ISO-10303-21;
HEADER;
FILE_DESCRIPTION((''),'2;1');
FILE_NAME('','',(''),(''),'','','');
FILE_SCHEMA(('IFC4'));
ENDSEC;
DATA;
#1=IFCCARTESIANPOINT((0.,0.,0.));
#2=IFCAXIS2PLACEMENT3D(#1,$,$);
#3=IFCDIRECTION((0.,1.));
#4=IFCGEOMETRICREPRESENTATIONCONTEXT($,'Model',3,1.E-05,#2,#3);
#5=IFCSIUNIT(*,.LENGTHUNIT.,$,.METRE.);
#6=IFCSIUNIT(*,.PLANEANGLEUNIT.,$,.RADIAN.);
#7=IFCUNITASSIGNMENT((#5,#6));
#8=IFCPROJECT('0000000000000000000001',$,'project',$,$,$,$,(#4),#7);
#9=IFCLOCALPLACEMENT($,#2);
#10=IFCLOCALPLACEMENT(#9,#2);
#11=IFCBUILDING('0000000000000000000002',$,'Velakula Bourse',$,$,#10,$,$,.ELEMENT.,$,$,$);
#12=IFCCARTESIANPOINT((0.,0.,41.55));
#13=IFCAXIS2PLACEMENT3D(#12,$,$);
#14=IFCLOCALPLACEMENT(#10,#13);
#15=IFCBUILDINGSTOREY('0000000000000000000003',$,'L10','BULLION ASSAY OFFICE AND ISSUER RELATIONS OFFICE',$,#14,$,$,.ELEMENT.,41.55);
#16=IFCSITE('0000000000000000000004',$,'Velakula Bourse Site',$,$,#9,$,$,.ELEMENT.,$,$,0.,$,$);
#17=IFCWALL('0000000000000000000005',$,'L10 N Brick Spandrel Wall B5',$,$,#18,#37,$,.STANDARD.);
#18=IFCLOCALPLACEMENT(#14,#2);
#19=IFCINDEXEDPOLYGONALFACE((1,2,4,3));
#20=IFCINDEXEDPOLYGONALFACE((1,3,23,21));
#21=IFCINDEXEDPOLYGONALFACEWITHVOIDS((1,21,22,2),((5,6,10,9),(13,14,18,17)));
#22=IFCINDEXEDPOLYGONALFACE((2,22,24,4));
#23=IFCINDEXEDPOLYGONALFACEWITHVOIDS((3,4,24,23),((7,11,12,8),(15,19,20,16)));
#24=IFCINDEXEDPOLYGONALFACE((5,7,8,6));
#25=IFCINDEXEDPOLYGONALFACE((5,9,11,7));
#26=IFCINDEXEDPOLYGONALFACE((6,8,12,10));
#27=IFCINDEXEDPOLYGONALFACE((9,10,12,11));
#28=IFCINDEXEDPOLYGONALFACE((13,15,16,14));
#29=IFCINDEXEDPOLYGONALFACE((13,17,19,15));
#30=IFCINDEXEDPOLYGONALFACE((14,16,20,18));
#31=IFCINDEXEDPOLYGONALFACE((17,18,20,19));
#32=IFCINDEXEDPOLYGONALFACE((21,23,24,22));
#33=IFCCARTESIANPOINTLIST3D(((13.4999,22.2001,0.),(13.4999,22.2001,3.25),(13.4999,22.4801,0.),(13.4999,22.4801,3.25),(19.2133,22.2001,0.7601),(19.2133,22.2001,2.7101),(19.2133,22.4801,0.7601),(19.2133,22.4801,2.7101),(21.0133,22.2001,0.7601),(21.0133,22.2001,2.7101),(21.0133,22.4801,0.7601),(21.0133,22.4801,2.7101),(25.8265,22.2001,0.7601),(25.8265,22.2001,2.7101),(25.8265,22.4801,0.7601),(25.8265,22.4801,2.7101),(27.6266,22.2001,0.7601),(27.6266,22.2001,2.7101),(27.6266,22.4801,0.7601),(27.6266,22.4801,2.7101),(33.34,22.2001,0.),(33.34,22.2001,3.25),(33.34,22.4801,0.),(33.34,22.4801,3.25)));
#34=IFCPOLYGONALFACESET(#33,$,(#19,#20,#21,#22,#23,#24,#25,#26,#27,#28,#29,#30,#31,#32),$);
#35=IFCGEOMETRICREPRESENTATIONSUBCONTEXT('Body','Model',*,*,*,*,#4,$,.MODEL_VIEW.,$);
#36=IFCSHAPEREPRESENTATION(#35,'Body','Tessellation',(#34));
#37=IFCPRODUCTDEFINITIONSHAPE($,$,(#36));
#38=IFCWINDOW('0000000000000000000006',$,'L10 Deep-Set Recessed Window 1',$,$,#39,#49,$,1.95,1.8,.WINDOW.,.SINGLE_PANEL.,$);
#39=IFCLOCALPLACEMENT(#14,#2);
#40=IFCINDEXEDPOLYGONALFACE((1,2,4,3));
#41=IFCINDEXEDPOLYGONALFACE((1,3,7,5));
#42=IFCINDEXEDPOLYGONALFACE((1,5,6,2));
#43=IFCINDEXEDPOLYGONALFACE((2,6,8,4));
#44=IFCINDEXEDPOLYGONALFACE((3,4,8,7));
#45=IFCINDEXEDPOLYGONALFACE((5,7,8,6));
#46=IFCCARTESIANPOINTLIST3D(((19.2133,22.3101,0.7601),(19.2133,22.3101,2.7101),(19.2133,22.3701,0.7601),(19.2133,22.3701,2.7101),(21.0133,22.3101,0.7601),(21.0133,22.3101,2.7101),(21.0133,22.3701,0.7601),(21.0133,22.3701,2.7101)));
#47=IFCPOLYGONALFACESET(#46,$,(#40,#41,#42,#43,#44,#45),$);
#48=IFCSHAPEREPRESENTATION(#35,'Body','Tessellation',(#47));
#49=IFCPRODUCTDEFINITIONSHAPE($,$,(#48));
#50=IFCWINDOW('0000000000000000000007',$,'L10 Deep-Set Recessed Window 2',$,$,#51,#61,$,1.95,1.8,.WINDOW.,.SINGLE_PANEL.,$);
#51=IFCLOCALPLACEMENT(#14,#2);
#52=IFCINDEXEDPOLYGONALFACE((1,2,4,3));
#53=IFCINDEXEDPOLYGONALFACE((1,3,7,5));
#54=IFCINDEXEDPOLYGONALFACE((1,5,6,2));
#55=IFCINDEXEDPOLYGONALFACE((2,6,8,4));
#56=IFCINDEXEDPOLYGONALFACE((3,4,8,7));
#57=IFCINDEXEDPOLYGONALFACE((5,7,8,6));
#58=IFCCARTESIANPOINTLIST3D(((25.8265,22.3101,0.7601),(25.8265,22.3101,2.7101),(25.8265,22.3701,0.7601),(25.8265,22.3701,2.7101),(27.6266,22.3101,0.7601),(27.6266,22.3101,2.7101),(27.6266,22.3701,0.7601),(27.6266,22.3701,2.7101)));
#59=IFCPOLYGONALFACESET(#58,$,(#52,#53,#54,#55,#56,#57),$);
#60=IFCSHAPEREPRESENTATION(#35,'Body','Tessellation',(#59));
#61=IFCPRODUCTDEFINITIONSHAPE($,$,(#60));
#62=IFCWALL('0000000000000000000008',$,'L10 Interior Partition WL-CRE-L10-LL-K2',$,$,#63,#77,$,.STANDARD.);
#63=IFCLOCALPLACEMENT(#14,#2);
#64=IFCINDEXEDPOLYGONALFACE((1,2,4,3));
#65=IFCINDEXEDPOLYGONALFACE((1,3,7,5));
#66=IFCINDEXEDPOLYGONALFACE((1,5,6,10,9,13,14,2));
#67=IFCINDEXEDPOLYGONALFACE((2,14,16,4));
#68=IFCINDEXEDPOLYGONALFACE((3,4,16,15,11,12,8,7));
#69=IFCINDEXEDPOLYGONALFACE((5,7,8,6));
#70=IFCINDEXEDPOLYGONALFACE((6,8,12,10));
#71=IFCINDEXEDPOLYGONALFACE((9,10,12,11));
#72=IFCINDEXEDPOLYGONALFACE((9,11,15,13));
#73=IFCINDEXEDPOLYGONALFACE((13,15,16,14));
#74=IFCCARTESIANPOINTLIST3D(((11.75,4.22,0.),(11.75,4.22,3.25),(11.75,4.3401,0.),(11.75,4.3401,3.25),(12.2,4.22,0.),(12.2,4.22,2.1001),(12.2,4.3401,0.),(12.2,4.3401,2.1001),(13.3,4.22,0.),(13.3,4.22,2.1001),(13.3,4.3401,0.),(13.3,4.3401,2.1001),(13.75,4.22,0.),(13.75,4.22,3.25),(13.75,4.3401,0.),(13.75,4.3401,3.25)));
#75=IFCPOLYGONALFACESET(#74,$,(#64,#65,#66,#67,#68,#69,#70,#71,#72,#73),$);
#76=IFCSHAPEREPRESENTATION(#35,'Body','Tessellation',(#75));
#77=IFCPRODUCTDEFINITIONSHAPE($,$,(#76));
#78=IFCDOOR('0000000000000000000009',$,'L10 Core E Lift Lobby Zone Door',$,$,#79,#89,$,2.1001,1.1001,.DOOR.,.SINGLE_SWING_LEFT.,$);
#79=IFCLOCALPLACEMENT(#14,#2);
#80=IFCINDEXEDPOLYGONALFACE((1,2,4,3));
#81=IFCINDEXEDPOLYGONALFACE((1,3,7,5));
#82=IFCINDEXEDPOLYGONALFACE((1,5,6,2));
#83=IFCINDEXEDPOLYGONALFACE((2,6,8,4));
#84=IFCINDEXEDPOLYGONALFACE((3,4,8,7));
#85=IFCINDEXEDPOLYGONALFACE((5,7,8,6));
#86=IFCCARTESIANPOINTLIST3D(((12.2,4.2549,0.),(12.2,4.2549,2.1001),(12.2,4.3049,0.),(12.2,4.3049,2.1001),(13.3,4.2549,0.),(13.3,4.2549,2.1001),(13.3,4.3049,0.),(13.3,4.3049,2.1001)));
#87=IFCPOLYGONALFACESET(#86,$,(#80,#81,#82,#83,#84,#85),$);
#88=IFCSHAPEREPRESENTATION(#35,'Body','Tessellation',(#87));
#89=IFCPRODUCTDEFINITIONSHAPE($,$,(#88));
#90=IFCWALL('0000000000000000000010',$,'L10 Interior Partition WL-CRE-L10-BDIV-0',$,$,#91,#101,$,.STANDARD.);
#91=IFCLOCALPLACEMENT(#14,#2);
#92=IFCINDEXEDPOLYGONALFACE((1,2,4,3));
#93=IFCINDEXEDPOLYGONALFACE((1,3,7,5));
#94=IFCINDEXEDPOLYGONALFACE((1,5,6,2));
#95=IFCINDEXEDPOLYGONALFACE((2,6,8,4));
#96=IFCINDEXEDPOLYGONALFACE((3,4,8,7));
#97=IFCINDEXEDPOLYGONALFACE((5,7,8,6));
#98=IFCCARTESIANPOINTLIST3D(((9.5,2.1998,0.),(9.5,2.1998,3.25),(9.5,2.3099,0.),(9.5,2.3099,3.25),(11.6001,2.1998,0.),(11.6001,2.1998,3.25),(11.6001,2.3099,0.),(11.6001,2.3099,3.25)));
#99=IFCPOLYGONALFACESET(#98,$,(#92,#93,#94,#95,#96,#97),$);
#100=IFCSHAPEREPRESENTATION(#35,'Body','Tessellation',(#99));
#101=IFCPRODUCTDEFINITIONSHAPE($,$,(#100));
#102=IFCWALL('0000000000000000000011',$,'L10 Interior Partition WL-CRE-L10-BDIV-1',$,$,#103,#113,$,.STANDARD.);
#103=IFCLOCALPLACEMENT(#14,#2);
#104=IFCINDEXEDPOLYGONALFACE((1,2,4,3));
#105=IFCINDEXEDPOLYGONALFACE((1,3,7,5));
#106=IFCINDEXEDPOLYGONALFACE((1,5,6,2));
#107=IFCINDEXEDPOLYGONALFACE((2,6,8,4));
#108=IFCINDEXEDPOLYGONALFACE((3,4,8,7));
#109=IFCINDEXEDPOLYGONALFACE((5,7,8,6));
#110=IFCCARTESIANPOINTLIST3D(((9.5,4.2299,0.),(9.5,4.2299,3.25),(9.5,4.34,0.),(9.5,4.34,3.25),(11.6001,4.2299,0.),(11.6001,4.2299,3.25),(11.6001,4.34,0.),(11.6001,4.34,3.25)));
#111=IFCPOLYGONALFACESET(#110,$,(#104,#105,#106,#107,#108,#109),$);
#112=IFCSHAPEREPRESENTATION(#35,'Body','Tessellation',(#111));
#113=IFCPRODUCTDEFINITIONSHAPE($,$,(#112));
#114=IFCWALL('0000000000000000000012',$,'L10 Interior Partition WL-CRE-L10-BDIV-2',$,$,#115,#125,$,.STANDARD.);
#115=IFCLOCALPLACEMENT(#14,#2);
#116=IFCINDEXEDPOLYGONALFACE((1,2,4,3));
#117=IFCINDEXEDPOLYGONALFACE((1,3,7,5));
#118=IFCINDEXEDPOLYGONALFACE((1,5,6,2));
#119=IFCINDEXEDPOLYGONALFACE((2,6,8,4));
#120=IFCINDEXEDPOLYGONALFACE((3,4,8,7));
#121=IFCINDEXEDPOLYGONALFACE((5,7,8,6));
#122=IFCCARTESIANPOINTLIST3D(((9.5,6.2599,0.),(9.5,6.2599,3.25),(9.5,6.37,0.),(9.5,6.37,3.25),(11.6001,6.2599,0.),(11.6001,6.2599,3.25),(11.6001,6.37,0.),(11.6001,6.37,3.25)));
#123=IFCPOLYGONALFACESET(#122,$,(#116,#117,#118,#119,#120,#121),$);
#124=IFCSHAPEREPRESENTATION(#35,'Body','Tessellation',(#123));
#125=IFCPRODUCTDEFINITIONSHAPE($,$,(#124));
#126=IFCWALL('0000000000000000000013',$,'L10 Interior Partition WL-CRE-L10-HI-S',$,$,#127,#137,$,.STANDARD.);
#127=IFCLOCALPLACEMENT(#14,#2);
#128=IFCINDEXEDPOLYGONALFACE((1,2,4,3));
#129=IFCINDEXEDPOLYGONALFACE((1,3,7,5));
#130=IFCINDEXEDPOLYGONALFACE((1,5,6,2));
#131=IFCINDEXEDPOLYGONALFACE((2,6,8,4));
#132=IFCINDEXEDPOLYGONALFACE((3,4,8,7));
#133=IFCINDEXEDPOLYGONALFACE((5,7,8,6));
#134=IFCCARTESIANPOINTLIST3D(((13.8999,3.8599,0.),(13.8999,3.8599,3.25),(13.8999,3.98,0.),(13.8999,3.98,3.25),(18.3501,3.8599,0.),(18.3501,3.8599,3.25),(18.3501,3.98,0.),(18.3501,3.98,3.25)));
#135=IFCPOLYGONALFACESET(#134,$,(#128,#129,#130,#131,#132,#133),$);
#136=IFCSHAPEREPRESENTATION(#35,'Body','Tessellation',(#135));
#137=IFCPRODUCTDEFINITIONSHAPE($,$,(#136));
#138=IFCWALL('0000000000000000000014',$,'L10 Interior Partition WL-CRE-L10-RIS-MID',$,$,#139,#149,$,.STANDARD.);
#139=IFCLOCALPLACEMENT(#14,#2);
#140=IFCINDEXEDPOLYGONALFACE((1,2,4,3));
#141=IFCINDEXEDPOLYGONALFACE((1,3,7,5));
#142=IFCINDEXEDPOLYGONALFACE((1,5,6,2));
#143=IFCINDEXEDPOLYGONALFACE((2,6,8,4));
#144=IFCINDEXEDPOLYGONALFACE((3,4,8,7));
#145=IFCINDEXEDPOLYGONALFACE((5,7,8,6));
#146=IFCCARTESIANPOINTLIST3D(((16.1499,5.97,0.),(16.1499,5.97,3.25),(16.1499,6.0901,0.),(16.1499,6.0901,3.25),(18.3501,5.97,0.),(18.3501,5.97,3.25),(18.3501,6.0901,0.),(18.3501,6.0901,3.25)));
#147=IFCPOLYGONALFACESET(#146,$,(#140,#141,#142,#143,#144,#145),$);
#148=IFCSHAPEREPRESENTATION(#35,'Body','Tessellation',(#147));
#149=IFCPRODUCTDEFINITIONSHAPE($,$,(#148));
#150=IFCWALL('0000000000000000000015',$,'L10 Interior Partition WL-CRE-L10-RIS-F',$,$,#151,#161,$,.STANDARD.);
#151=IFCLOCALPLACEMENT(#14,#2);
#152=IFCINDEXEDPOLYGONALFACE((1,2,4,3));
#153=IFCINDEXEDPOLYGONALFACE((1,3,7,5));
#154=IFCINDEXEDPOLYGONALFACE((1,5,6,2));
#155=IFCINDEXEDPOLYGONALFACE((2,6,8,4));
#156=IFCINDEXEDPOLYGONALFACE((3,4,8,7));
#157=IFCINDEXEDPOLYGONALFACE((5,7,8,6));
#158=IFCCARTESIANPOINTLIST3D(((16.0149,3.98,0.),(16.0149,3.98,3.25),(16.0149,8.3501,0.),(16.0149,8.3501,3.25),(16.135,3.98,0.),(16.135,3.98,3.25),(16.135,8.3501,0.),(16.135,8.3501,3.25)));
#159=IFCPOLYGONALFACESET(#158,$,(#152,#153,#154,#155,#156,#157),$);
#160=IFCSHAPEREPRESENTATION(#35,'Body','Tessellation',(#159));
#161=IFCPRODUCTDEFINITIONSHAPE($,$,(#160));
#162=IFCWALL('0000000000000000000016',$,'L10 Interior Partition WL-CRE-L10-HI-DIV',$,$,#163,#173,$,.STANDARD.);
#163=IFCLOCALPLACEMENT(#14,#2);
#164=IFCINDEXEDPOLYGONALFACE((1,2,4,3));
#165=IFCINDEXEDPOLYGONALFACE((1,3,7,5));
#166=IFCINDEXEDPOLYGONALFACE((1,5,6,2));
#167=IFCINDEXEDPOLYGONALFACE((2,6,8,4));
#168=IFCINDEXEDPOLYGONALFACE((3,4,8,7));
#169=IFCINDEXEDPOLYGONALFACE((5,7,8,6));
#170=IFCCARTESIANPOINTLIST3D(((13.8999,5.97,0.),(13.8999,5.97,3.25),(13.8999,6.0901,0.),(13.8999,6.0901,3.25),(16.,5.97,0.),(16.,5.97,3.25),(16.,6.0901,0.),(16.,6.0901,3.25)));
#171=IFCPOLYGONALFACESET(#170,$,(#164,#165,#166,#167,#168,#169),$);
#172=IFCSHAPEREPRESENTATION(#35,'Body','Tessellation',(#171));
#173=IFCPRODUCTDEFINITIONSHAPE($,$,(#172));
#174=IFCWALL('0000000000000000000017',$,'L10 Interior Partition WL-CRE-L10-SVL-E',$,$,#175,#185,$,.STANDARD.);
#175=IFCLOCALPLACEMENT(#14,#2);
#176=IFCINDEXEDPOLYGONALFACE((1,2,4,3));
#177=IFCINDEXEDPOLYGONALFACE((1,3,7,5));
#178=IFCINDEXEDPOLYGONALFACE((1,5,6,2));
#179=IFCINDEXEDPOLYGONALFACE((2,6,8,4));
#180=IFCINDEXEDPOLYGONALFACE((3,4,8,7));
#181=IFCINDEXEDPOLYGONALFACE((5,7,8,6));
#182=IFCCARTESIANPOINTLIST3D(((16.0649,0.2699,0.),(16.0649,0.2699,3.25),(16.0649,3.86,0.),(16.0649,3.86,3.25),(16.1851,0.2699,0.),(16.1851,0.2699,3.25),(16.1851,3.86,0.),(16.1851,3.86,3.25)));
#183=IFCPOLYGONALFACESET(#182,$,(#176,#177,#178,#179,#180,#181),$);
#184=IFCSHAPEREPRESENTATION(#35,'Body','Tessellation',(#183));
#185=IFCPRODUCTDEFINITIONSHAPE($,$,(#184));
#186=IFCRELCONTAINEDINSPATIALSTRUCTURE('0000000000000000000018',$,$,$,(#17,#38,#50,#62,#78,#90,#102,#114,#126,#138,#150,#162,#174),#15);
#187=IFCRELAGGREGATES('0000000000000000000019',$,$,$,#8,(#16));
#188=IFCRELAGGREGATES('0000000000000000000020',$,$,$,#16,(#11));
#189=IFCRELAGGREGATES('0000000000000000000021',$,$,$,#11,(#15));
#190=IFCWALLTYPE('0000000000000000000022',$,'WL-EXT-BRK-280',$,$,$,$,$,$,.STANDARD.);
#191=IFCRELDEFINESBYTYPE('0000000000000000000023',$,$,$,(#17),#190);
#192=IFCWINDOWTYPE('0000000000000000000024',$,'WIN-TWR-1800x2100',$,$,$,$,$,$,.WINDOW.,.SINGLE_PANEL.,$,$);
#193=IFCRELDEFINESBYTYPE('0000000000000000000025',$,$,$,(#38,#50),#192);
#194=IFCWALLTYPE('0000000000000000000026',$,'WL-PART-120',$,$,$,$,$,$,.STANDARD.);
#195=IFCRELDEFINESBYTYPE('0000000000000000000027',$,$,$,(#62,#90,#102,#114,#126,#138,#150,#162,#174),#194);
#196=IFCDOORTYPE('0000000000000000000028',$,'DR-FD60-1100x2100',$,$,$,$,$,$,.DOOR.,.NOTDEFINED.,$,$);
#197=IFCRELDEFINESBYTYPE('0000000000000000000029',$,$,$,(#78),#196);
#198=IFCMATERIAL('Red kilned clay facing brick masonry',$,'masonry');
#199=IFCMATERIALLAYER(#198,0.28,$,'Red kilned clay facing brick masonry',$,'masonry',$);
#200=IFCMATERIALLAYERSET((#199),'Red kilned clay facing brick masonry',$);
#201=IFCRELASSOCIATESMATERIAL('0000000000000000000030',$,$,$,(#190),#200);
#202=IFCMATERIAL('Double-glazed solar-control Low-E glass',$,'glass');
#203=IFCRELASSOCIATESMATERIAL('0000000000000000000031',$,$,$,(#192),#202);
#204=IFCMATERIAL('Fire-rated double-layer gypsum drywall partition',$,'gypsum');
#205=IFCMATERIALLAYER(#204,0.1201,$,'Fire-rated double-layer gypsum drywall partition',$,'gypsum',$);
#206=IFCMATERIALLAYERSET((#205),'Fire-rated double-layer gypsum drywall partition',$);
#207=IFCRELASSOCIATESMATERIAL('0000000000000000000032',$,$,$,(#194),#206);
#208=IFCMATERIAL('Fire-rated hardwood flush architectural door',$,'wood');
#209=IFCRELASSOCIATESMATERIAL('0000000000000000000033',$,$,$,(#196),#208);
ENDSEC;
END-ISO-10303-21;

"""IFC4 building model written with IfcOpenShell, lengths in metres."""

from ifc_helpers import new_model, si_unit, direction, frame, frame_2d, origin, place, context, subcontext, project, spatial, rectangle, extrude, material, layer, layer_set, type_object, element, fill, save


model = new_model("IFC4")

# Units and contexts
model_context = context("Model", 3, precision=1e-05, world=origin(), true_north=direction((0.0, 1.0)))
body_context = subcontext(model_context, "Body", "Model", "MODEL_VIEW")
ifc_project = project(units=[si_unit("LENGTHUNIT", "METRE"), si_unit("PLANEANGLEUNIT", "RADIAN")], contexts=[model_context])

# Site, building, storey
site_placement = place(None, origin())
site = spatial("IfcSite", under=ifc_project, at=site_placement, Name="Velakula Bourse Site", CompositionType="ELEMENT", RefElevation=0.0)
building_placement = place(site_placement, origin())
building = spatial("IfcBuilding", under=site, at=building_placement, Name="Velakula Bourse", CompositionType="ELEMENT")
storey_placement = place(building_placement, frame((0.0, 0.0, 41.55)))
storey = spatial("IfcBuildingStorey", under=building, at=storey_placement, Name="L10", Description="BULLION ASSAY OFFICE AND ISSUER RELATIONS OFFICE", CompositionType="ELEMENT", Elevation=41.55)

# Wall, openings, windows
ifc_material_1 = material(Name="Red kilned clay facing brick masonry", Category="masonry")
ifc_layer_1 = layer(ifc_material_1, 0.28, Name="Red kilned clay facing brick masonry", Category="masonry")
ifc_layer_set_1 = layer_set([ifc_layer_1], Name="Red kilned clay facing brick masonry")
wall_type_1 = type_object("IfcWallType", Name="WL-EXT-BRK-280", PredefinedType="STANDARD", material=ifc_layer_set_1)
wall_1_placement = place(storey_placement, frame((13.5, 22.3401, 0.0), z_axis=(0.0, 0.0, 1.0), x_axis=(1.0, 0.0, 0.0)))
wall_1 = element("IfcWall", 1, at=wall_1_placement, inside=storey, type_object=wall_type_1, Name="L10 N Brick Spandrel Wall B5", PredefinedType="STANDARD", context=body_context, shape_type="SweptSolid", body=[
    extrude(rectangle(XDim=19.8401, YDim=0.28, at=frame_2d((9.9199, 0.0))), origin(), (0.0, 0.0, 1.0), 3.25),
])
opening_1_placement = place(wall_1_placement, frame((5.7134, 0.0, 0.76)))
opening_1 = element("IfcOpeningElement", 2, at=opening_1_placement, cuts=wall_1, PredefinedType="OPENING", context=body_context, shape_type="SweptSolid", body=[
    extrude(rectangle(XDim=1.8, YDim=1.95, at=frame_2d((0.8999, 0.9751))), frame((0.0, 0.1499, 0.0), z_axis=(0.0, -1.0, 0.0), x_axis=(1.0, 0.0, 0.0)), (0.0, 0.0, 1.0), 0.3),
])
opening_2_placement = place(wall_1_placement, frame((12.3267, 0.0, 0.76)))
opening_2 = element("IfcOpeningElement", 3, at=opening_2_placement, cuts=wall_1, PredefinedType="OPENING", context=body_context, shape_type="SweptSolid", body=[
    extrude(rectangle(XDim=1.8, YDim=1.95, at=frame_2d((0.8999, 0.9751))), frame((0.0, 0.1499, 0.0), z_axis=(0.0, -1.0, 0.0), x_axis=(1.0, 0.0, 0.0)), (0.0, 0.0, 1.0), 0.3),
])
ifc_material_2 = material(Name="Double-glazed solar-control Low-E glass", Category="glass")
window_type = type_object("IfcWindowType", Name="WIN-TWR-1800x2100", PartitioningType="SINGLE_PANEL", PredefinedType="WINDOW", material=ifc_material_2)
window_1_placement = place(opening_1_placement, origin())
window_1 = element("IfcWindow", 4, at=window_1_placement, inside=storey, type_object=window_type, Name="L10 Deep-Set Recessed Window 1", OverallHeight=1.95, OverallWidth=1.8, PartitioningType="SINGLE_PANEL", PredefinedType="WINDOW", context=body_context, shape_type="SweptSolid", body=[
    extrude(rectangle(XDim=1.8, YDim=1.95, at=frame_2d((0.8999, 0.9751))), frame((0.0, 0.03, 0.0), z_axis=(0.0, -1.0, 0.0), x_axis=(1.0, 0.0, 0.0)), (0.0, 0.0, 1.0), 0.0601),
])
fill(opening_1, window_1)
window_2_placement = place(opening_2_placement, origin())
window_2 = element("IfcWindow", 5, at=window_2_placement, inside=storey, type_object=window_type, Name="L10 Deep-Set Recessed Window 2", OverallHeight=1.95, OverallWidth=1.8, PartitioningType="SINGLE_PANEL", PredefinedType="WINDOW", context=body_context, shape_type="SweptSolid", body=[
    extrude(rectangle(XDim=1.8, YDim=1.95, at=frame_2d((0.8999, 0.9751))), frame((0.0, 0.03, 0.0), z_axis=(0.0, -1.0, 0.0), x_axis=(1.0, 0.0, 0.0)), (0.0, 0.0, 1.0), 0.0601),
])
fill(opening_2, window_2)

# Wall, opening, door
ifc_material_3 = material(Name="Fire-rated double-layer gypsum drywall partition", Category="gypsum")
ifc_layer_2 = layer(ifc_material_3, 0.1201, Name="Fire-rated double-layer gypsum drywall partition", Category="gypsum")
ifc_layer_set_2 = layer_set([ifc_layer_2], Name="Fire-rated double-layer gypsum drywall partition")
wall_type_2 = type_object("IfcWallType", Name="WL-PART-120", PredefinedType="STANDARD", material=ifc_layer_set_2)
wall_2_placement = place(storey_placement, frame((11.75, 4.28, 0.0), z_axis=(0.0, 0.0, 1.0), x_axis=(1.0, 0.0, 0.0)))
wall_2 = element("IfcWall", 6, at=wall_2_placement, inside=storey, type_object=wall_type_2, Name="L10 Interior Partition WL-CRE-L10-LL-K2", PredefinedType="STANDARD", context=body_context, shape_type="SweptSolid", body=[
    extrude(rectangle(XDim=2.0, YDim=0.1201, at=frame_2d((1.0, 0.0))), origin(), (0.0, 0.0, 1.0), 3.25),
])
opening_3_placement = place(wall_2_placement, frame((0.45, 0.0, 0.0)))
opening_3 = element("IfcOpeningElement", 7, at=opening_3_placement, cuts=wall_2, PredefinedType="OPENING", context=body_context, shape_type="SweptSolid", body=[
    extrude(rectangle(XDim=1.1001, YDim=2.1001, at=frame_2d((0.55, 1.05))), frame((0.0, 0.0701, 0.0), z_axis=(0.0, -1.0, 0.0), x_axis=(1.0, 0.0, 0.0)), (0.0, 0.0, 1.0), 0.1401),
])
ifc_material_4 = material(Name="Fire-rated hardwood flush architectural door", Category="wood")
door_type_1 = type_object("IfcDoorType", Name="DR-FD60-1100x2100", OperationType="NOTDEFINED", PredefinedType="DOOR", material=ifc_material_4)
door_1_placement = place(opening_3_placement, origin())
door_1 = element("IfcDoor", 8, at=door_1_placement, inside=storey, type_object=door_type_1, Name="L10 Core E Lift Lobby Zone Door", OperationType="SINGLE_SWING_LEFT", OverallHeight=2.1001, OverallWidth=1.1001, PredefinedType="DOOR", context=body_context, shape_type="SweptSolid", body=[
    extrude(rectangle(XDim=1.1001, YDim=2.1001, at=frame_2d((0.55, 1.05))), frame((0.0, 0.0249, 0.0), z_axis=(0.0, -1.0, 0.0), x_axis=(1.0, 0.0, 0.0)), (0.0, 0.0, 1.0), 0.05),
])
fill(opening_3, door_1)

# Walls
for number, where, z_axis, x_axis, name in (
    (9, (9.5, 2.2549, 0.0), (0.0, 0.0, 1.0), (1.0, 0.0, 0.0), "L10 Interior Partition WL-CRE-L10-BDIV-0"),
    (10, (9.5, 4.2849, 0.0), (0.0, 0.0, 1.0), (1.0, 0.0, 0.0), "L10 Interior Partition WL-CRE-L10-BDIV-1"),
    (11, (9.5, 6.3149, 0.0), (0.0, 0.0, 1.0), (1.0, 0.0, 0.0), "L10 Interior Partition WL-CRE-L10-BDIV-2"),
):
    element("IfcWall", number, at=place(storey_placement, frame(where, z_axis=z_axis, x_axis=x_axis)), inside=storey, type_object=wall_type_2, Name=name, PredefinedType="STANDARD", context=body_context, shape_type="SweptSolid", body=[
        extrude(rectangle(XDim=2.1001, YDim=0.1101, at=frame_2d((1.05, 0.0))), origin(), (0.0, 0.0, 1.0), 3.25),
    ])
wall_3_placement = place(storey_placement, frame((13.8999, 3.9199, 0.0), z_axis=(0.0, 0.0, 1.0), x_axis=(1.0, 0.0, 0.0)))
element("IfcWall", 12, at=wall_3_placement, inside=storey, type_object=wall_type_2, Name="L10 Interior Partition WL-CRE-L10-HI-S", PredefinedType="STANDARD", context=body_context, shape_type="SweptSolid", body=[
    extrude(rectangle(XDim=4.4502, YDim=0.1201, at=frame_2d((2.2251, 0.0))), origin(), (0.0, 0.0, 1.0), 3.25),
])
wall_4_placement = place(storey_placement, frame((16.1499, 6.03, 0.0), z_axis=(0.0, 0.0, 1.0), x_axis=(1.0, 0.0, 0.0)))
element("IfcWall", 13, at=wall_4_placement, inside=storey, type_object=wall_type_2, Name="L10 Interior Partition WL-CRE-L10-RIS-MID", PredefinedType="STANDARD", context=body_context, shape_type="SweptSolid", body=[
    extrude(rectangle(XDim=2.2002, YDim=0.1201, at=frame_2d((1.1001, 0.0))), origin(), (0.0, 0.0, 1.0), 3.25),
])
wall_5_placement = place(storey_placement, frame((16.075, 3.98, 0.0), z_axis=(0.0, 0.0, 1.0), x_axis=(0.0, 1.0, 0.0)))
element("IfcWall", 14, at=wall_5_placement, inside=storey, type_object=wall_type_2, Name="L10 Interior Partition WL-CRE-L10-RIS-F", PredefinedType="STANDARD", context=body_context, shape_type="SweptSolid", body=[
    extrude(rectangle(XDim=4.3701, YDim=0.1201, at=frame_2d((2.1851, 0.0))), origin(), (0.0, 0.0, 1.0), 3.25),
])
wall_6_placement = place(storey_placement, frame((13.8999, 6.03, 0.0), z_axis=(0.0, 0.0, 1.0), x_axis=(1.0, 0.0, 0.0)))
element("IfcWall", 15, at=wall_6_placement, inside=storey, type_object=wall_type_2, Name="L10 Interior Partition WL-CRE-L10-HI-DIV", PredefinedType="STANDARD", context=body_context, shape_type="SweptSolid", body=[
    extrude(rectangle(XDim=2.1001, YDim=0.1201, at=frame_2d((1.05, 0.0))), origin(), (0.0, 0.0, 1.0), 3.25),
])
wall_7_placement = place(storey_placement, frame((16.125, 0.27, 0.0), z_axis=(0.0, 0.0, 1.0), x_axis=(0.0, 1.0, 0.0)))
element("IfcWall", 16, at=wall_7_placement, inside=storey, type_object=wall_type_2, Name="L10 Interior Partition WL-CRE-L10-SVL-E", PredefinedType="STANDARD", context=body_context, shape_type="SweptSolid", body=[
    extrude(rectangle(XDim=3.5901, YDim=0.1201, at=frame_2d((1.7949, 0.0))), origin(), (0.0, 0.0, 1.0), 3.25),
])

save(model, "model.ifc")
